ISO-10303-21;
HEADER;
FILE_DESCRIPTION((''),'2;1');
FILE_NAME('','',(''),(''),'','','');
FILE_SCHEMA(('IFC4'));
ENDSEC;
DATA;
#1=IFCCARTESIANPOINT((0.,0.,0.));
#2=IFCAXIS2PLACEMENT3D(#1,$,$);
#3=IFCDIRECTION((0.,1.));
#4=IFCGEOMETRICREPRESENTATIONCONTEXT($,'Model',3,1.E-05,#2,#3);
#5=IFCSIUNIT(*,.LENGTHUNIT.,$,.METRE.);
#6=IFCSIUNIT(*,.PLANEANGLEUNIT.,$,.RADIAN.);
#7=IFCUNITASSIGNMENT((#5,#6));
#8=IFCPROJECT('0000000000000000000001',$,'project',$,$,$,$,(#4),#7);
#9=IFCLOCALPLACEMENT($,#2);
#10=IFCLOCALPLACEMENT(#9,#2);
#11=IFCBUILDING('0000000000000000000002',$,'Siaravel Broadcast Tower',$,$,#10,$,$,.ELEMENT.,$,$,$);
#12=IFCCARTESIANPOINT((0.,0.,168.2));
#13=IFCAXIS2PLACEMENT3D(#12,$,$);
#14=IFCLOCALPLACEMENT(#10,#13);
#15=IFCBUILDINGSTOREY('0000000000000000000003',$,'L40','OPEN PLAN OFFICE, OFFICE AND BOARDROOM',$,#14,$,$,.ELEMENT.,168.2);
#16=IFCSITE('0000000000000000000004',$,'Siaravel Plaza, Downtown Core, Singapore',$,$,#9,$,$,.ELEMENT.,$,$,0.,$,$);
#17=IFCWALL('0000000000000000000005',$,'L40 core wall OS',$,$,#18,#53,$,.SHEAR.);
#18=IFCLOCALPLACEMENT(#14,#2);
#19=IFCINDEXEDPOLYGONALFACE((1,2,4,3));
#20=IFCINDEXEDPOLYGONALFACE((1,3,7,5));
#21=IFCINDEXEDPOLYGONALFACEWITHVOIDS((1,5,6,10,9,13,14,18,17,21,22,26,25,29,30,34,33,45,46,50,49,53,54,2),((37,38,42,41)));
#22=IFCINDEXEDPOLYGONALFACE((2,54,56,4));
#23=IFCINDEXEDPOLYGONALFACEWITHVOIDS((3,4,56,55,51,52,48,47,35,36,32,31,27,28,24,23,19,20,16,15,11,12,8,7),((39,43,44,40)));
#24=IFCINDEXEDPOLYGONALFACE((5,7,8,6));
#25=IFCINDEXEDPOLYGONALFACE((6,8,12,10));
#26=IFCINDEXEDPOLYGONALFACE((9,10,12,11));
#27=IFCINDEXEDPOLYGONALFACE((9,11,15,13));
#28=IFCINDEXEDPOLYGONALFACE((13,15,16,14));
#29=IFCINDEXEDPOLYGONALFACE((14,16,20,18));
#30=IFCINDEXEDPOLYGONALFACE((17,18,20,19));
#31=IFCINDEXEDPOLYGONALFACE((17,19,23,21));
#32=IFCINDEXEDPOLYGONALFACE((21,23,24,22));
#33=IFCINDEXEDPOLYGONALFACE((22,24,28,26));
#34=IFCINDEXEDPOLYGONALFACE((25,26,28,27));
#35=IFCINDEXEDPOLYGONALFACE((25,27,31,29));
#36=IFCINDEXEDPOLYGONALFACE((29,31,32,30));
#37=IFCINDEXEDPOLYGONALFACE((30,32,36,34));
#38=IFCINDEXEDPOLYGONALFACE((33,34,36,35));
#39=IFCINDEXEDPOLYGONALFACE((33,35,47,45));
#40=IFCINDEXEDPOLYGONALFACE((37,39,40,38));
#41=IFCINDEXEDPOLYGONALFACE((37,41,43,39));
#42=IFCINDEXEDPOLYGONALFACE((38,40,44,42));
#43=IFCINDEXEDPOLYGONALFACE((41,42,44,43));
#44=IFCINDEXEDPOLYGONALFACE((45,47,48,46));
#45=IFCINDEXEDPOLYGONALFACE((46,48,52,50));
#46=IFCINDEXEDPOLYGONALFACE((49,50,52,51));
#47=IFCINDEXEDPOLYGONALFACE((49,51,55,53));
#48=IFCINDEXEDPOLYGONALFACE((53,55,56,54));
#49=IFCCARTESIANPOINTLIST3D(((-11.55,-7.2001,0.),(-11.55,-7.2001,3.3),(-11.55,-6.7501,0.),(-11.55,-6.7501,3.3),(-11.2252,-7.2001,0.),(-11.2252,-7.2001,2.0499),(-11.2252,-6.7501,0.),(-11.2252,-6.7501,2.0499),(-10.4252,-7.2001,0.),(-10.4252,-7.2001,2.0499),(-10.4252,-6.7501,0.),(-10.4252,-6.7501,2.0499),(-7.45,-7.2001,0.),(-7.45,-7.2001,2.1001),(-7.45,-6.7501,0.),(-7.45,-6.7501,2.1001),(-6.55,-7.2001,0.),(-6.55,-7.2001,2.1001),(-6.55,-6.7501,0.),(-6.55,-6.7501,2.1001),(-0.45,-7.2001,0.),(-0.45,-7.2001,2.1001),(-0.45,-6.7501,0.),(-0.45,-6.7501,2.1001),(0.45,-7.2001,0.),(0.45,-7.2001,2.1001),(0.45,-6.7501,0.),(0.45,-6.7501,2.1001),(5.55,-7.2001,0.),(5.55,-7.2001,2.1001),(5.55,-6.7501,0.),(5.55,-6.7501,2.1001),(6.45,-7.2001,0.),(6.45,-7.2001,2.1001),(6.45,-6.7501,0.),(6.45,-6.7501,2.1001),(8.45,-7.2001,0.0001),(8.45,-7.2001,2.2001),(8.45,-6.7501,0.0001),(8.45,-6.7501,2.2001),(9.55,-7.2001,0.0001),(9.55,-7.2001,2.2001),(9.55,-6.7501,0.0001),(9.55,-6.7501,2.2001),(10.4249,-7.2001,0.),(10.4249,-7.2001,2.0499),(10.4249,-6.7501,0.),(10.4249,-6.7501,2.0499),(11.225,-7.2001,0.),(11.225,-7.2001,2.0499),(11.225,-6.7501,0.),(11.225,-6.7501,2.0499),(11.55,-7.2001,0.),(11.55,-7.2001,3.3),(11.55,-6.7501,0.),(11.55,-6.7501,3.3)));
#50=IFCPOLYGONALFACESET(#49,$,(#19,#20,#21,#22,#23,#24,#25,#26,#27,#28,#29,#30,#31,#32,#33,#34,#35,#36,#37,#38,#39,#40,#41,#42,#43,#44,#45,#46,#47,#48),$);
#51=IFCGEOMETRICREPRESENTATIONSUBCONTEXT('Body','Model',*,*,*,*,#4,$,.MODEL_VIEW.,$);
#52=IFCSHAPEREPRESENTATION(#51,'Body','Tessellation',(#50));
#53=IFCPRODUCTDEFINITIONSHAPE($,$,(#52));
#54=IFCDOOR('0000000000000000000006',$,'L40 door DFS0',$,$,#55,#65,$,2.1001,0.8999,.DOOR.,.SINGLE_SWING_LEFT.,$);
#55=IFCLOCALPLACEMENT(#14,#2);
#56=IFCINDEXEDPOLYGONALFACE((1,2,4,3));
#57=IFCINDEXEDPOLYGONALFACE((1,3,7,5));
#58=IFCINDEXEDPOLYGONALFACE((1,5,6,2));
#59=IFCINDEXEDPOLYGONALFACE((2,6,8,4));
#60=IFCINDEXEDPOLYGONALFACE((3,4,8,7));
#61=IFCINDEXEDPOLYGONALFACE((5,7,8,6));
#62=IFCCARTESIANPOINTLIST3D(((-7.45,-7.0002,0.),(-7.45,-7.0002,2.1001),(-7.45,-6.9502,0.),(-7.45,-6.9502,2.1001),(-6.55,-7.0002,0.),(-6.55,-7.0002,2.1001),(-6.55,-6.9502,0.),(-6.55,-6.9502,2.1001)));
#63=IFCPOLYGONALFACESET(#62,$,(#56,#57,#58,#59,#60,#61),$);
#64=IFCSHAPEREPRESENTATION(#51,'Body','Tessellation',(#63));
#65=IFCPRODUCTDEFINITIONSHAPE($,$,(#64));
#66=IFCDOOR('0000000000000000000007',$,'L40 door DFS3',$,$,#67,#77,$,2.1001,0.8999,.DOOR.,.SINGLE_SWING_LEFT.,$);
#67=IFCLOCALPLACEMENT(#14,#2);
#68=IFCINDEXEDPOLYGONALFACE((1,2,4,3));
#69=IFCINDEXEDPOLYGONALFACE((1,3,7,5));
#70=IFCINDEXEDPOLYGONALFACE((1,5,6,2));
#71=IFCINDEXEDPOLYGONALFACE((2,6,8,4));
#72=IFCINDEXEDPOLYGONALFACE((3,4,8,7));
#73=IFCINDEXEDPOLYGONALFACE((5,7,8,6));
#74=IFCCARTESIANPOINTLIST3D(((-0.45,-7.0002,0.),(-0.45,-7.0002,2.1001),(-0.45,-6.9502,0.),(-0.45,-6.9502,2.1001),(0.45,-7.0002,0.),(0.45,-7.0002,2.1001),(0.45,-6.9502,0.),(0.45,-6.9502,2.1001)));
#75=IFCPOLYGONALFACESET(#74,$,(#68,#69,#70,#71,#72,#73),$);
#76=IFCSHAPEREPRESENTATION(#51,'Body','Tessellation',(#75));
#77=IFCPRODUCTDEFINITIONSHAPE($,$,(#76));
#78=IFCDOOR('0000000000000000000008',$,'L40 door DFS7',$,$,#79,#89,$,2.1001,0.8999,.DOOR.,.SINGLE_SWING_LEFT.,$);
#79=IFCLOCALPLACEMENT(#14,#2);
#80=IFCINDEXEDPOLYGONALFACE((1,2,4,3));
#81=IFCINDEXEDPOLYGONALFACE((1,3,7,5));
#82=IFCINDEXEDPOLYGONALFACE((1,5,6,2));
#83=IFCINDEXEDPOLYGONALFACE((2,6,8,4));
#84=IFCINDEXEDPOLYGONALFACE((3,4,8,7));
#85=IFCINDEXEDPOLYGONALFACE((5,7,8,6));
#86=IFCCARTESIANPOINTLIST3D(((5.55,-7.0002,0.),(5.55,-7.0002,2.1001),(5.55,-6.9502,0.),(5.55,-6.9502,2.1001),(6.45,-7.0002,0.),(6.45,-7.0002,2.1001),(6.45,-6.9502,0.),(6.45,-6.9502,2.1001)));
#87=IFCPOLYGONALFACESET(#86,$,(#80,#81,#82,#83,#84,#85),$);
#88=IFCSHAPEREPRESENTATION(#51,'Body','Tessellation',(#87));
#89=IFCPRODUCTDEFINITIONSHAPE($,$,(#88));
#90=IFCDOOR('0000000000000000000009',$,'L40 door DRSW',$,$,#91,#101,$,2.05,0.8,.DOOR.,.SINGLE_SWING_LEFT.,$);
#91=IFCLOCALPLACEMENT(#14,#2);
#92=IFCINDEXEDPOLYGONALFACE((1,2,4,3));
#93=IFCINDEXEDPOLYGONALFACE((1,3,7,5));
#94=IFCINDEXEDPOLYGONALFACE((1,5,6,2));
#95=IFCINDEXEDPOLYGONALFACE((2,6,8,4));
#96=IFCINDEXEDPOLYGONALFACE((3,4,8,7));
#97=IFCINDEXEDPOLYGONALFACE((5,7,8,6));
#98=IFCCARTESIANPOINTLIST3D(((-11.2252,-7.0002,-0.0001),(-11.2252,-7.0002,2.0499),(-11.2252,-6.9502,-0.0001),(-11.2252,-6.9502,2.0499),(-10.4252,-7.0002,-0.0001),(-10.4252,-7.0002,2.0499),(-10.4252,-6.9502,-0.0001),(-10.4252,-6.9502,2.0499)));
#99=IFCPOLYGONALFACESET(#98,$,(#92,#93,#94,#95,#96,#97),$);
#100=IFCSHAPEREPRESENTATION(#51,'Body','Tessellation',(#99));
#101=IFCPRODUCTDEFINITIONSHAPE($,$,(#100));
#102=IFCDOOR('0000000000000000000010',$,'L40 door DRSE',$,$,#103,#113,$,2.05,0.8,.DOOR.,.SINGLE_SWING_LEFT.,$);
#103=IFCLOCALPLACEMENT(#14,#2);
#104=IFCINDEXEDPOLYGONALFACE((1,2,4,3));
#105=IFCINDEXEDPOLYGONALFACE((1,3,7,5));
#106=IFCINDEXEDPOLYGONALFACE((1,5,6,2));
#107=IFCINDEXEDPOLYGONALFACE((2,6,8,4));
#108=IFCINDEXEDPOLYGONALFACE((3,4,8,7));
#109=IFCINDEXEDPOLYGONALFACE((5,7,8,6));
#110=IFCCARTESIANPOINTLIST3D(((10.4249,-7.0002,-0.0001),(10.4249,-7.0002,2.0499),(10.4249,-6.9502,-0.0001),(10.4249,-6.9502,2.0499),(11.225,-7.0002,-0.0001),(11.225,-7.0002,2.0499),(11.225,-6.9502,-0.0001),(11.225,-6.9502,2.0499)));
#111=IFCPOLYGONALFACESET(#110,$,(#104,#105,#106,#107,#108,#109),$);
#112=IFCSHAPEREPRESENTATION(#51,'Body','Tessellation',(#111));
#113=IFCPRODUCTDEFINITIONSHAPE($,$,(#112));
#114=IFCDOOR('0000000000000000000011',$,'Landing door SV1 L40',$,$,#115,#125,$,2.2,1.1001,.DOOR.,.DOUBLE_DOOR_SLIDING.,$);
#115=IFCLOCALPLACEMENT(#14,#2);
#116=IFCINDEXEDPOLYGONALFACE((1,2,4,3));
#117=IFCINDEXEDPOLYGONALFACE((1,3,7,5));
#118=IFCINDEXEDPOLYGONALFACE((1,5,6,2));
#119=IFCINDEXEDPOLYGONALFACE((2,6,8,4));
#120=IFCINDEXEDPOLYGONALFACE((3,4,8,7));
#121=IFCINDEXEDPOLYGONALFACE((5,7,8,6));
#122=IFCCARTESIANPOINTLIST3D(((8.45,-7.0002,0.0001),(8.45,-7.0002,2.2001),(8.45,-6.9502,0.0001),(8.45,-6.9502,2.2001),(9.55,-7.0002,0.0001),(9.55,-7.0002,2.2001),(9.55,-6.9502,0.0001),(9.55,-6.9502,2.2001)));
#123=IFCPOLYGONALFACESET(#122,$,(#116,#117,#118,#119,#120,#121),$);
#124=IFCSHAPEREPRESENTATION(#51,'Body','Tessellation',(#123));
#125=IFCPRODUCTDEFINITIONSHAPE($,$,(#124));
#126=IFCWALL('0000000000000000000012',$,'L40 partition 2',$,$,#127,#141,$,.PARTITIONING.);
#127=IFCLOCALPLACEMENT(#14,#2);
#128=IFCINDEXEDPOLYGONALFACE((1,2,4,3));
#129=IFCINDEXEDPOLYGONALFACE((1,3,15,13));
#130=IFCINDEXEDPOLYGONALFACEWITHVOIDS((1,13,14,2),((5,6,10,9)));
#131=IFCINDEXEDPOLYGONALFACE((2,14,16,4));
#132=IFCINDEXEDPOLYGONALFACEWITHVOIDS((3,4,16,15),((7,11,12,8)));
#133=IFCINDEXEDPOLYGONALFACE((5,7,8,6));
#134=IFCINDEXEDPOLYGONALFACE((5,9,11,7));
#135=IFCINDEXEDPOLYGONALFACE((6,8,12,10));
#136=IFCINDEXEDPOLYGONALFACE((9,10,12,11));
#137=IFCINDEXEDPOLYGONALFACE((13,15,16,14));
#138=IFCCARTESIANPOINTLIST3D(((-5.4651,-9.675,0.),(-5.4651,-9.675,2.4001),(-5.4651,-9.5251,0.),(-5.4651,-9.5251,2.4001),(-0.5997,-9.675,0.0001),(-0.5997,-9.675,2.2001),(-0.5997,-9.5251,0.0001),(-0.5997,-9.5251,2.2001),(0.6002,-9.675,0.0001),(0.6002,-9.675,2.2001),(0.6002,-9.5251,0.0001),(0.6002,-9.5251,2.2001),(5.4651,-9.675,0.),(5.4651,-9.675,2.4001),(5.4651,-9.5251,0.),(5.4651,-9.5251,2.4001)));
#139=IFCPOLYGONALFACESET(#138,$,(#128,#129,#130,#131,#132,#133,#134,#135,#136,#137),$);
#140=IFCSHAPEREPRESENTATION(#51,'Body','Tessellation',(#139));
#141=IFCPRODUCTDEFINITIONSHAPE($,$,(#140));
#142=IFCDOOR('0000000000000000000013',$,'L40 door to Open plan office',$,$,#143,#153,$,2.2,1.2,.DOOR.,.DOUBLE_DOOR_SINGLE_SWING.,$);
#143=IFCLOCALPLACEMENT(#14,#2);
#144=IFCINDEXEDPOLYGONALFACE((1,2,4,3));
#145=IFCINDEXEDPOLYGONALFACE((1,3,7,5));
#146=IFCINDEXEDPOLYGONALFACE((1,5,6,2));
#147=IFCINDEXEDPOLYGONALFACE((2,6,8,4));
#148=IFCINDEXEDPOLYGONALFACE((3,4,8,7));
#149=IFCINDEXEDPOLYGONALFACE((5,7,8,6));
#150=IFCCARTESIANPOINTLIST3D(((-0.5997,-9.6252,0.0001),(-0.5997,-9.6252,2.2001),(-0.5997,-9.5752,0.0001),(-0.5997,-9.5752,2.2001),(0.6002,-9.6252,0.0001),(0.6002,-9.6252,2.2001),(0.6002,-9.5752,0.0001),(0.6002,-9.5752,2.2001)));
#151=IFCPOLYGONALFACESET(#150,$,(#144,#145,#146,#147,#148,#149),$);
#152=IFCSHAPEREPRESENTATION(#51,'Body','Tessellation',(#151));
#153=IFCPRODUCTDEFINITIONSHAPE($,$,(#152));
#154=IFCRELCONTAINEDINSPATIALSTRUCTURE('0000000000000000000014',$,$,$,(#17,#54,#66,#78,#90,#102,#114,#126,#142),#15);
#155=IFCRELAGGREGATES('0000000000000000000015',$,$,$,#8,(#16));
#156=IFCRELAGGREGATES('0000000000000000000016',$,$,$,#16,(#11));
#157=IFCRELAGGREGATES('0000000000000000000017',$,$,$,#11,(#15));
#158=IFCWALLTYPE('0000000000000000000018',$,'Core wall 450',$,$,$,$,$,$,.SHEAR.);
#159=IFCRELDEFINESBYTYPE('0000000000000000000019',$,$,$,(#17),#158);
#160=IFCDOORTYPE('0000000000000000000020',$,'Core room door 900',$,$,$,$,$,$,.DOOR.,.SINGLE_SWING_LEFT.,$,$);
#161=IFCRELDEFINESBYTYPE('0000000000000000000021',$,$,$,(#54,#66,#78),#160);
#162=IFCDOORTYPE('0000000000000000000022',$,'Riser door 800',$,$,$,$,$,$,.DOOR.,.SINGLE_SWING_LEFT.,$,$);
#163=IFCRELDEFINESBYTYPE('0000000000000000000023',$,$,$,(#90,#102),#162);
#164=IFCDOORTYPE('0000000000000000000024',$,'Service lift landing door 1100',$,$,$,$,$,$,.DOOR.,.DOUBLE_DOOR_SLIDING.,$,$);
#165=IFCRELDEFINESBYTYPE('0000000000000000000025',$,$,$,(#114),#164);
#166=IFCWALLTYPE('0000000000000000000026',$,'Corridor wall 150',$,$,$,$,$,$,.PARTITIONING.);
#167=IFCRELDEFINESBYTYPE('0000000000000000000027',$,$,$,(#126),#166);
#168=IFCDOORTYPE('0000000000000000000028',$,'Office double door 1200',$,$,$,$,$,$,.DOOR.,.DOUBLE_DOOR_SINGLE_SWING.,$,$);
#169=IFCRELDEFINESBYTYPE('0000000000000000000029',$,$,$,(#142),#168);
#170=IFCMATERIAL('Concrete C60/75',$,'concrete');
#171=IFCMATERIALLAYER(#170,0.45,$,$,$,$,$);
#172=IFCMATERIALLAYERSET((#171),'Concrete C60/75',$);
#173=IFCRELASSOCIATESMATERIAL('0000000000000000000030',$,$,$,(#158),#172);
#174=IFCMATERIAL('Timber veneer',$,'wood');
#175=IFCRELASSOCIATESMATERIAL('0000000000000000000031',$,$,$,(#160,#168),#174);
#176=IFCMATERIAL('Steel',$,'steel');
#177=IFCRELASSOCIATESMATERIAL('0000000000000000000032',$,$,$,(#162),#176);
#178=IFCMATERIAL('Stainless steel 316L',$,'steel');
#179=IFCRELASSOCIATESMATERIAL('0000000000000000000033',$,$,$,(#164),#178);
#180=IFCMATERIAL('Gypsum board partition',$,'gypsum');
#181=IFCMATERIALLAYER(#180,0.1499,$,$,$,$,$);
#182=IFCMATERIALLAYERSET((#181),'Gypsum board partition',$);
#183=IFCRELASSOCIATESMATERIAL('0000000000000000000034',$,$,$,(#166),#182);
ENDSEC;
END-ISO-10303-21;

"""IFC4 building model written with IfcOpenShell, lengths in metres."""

from ifc_helpers import new_model, si_unit, direction, frame, frame_2d, origin, place, context, subcontext, project, spatial, rectangle, extrude, material, layer, layer_set, type_object, element, fill, save


model = new_model("IFC4")

# Units and contexts
model_context = context("Model", 3, precision=1e-05, world=origin(), true_north=direction((0.0, 1.0)))
body_context = subcontext(model_context, "Body", "Model", "MODEL_VIEW")
ifc_project = project(units=[si_unit("LENGTHUNIT", "METRE"), si_unit("PLANEANGLEUNIT", "RADIAN")], contexts=[model_context])

# Site, building, storey
site_placement = place(None, origin())
site = spatial("IfcSite", under=ifc_project, at=site_placement, Name="Siaravel Plaza, Downtown Core, Singapore", CompositionType="ELEMENT", RefElevation=0.0)
building_placement = place(site_placement, origin())
building = spatial("IfcBuilding", under=site, at=building_placement, Name="Siaravel Broadcast Tower", CompositionType="ELEMENT")
storey_placement = place(building_placement, frame((0.0, 0.0, 168.2)))
storey = spatial("IfcBuildingStorey", under=building, at=storey_placement, Name="L40", Description="OPEN PLAN OFFICE, OFFICE AND BOARDROOM", CompositionType="ELEMENT", Elevation=168.2)

# Shared definitions
ifc_material_1 = material(Name="Concrete C60/75", Category="concrete")

# Shared definitions
ifc_layer_1 = layer(ifc_material_1, 0.45)
ifc_layer_set_1 = layer_set([ifc_layer_1], Name="Concrete C60/75")
wall_type_1 = type_object("IfcWallType", Name="Core wall 450", PredefinedType="SHEAR", material=ifc_layer_set_1)
ifc_material_2 = material(Name="Steel", Category="steel")

# Wall, openings, doors
wall_1_placement = place(storey_placement, frame((-11.55, -6.9751, 0.0), z_axis=(0.0, 0.0, 1.0), x_axis=(1.0, 0.0, 0.0)))
wall_1 = element("IfcWall", 1, at=wall_1_placement, inside=storey, type_object=wall_type_1, Name="L40 core wall OS", PredefinedType="SHEAR", context=body_context, shape_type="SweptSolid", body=[
    extrude(rectangle(XDim=23.1001, YDim=0.45, at=frame_2d((11.55, 0.0))), origin(), (0.0, 0.0, 1.0), 3.3),
])
opening_1_placement = place(wall_1_placement, frame((20.0, 0.0, 0.0)))
opening_1 = element("IfcOpeningElement", 2, at=opening_1_placement, cuts=wall_1, PredefinedType="OPENING", context=body_context, shape_type="SweptSolid", body=[
    extrude(rectangle(XDim=1.1001, YDim=2.2, at=frame_2d((0.55, 1.1001))), frame((0.0, 0.2349, 0.0), z_axis=(0.0, -1.0, 0.0), x_axis=(1.0, 0.0, 0.0)), (0.0, 0.0, 1.0), 0.47),
])
opening_2_placement = place(wall_1_placement, frame((4.1001, 0.0, 0.0)))
opening_2 = element("IfcOpeningElement", 3, at=opening_2_placement, cuts=wall_1, PredefinedType="OPENING", context=body_context, shape_type="SweptSolid", body=[
    extrude(rectangle(XDim=0.8999, YDim=2.1001, at=frame_2d((0.45, 1.05))), frame((0.0, 0.2349, 0.0), z_axis=(0.0, -1.0, 0.0), x_axis=(1.0, 0.0, 0.0)), (0.0, 0.0, 1.0), 0.47),
])
opening_3_placement = place(wall_1_placement, frame((11.1001, 0.0, 0.0)))
opening_3 = element("IfcOpeningElement", 4, at=opening_3_placement, cuts=wall_1, PredefinedType="OPENING", context=body_context, shape_type="SweptSolid", body=[
    extrude(rectangle(XDim=0.8999, YDim=2.1001, at=frame_2d((0.45, 1.05))), frame((0.0, 0.2349, 0.0), z_axis=(0.0, -1.0, 0.0), x_axis=(1.0, 0.0, 0.0)), (0.0, 0.0, 1.0), 0.47),
])
opening_4_placement = place(wall_1_placement, frame((17.1001, 0.0, 0.0)))
opening_4 = element("IfcOpeningElement", 5, at=opening_4_placement, cuts=wall_1, PredefinedType="OPENING", context=body_context, shape_type="SweptSolid", body=[
    extrude(rectangle(XDim=0.8999, YDim=2.1001, at=frame_2d((0.45, 1.05))), frame((0.0, 0.2349, 0.0), z_axis=(0.0, -1.0, 0.0), x_axis=(1.0, 0.0, 0.0)), (0.0, 0.0, 1.0), 0.47),
])
opening_5_placement = place(wall_1_placement, frame((0.325, 0.0, 0.0)))
opening_5 = element("IfcOpeningElement", 6, at=opening_5_placement, cuts=wall_1, PredefinedType="OPENING", context=body_context, shape_type="SweptSolid", body=[
    extrude(rectangle(XDim=0.8, YDim=2.05, at=frame_2d((0.3999, 1.0249))), frame((0.0, 0.2349, 0.0), z_axis=(0.0, -1.0, 0.0), x_axis=(1.0, 0.0, 0.0)), (0.0, 0.0, 1.0), 0.47),
])
opening_6_placement = place(wall_1_placement, frame((21.9751, 0.0, 0.0)))
opening_6 = element("IfcOpeningElement", 7, at=opening_6_placement, cuts=wall_1, PredefinedType="OPENING", context=body_context, shape_type="SweptSolid", body=[
    extrude(rectangle(XDim=0.8, YDim=2.05, at=frame_2d((0.3999, 1.0249))), frame((0.0, 0.2349, 0.0), z_axis=(0.0, -1.0, 0.0), x_axis=(1.0, 0.0, 0.0)), (0.0, 0.0, 1.0), 0.47),
])
ifc_material_3 = material(Name="Timber veneer", Category="wood")
door_type_1 = type_object("IfcDoorType", Name="Core room door 900", OperationType="SINGLE_SWING_LEFT", PredefinedType="DOOR", material=ifc_material_3)
door_1_placement = place(opening_2_placement, origin())
door_1 = element("IfcDoor", 8, at=door_1_placement, inside=storey, type_object=door_type_1, Name="L40 door DFS0", OperationType="SINGLE_SWING_LEFT", OverallHeight=2.1001, OverallWidth=0.8999, PredefinedType="DOOR", context=body_context, shape_type="SweptSolid", body=[
    extrude(rectangle(XDim=0.8999, YDim=2.1001, at=frame_2d((0.45, 1.05))), frame((0.0, 0.0249, 0.0), z_axis=(0.0, -1.0, 0.0), x_axis=(1.0, 0.0, 0.0)), (0.0, 0.0, 1.0), 0.05),
])
fill(opening_2, door_1)
door_2_placement = place(opening_3_placement, origin())
door_2 = element("IfcDoor", 9, at=door_2_placement, inside=storey, type_object=door_type_1, Name="L40 door DFS3", OperationType="SINGLE_SWING_LEFT", OverallHeight=2.1001, OverallWidth=0.8999, PredefinedType="DOOR", context=body_context, shape_type="SweptSolid", body=[
    extrude(rectangle(XDim=0.8999, YDim=2.1001, at=frame_2d((0.45, 1.05))), frame((0.0, 0.0249, 0.0), z_axis=(0.0, -1.0, 0.0), x_axis=(1.0, 0.0, 0.0)), (0.0, 0.0, 1.0), 0.05),
])
fill(opening_3, door_2)
door_3_placement = place(opening_4_placement, origin())
door_3 = element("IfcDoor", 10, at=door_3_placement, inside=storey, type_object=door_type_1, Name="L40 door DFS7", OperationType="SINGLE_SWING_LEFT", OverallHeight=2.1001, OverallWidth=0.8999, PredefinedType="DOOR", context=body_context, shape_type="SweptSolid", body=[
    extrude(rectangle(XDim=0.8999, YDim=2.1001, at=frame_2d((0.45, 1.05))), frame((0.0, 0.0249, 0.0), z_axis=(0.0, -1.0, 0.0), x_axis=(1.0, 0.0, 0.0)), (0.0, 0.0, 1.0), 0.05),
])
fill(opening_4, door_3)
door_type_2 = type_object("IfcDoorType", Name="Riser door 800", OperationType="SINGLE_SWING_LEFT", PredefinedType="DOOR", material=ifc_material_2)
door_4_placement = place(opening_5_placement, origin())
door_4 = element("IfcDoor", 11, at=door_4_placement, inside=storey, type_object=door_type_2, Name="L40 door DRSW", OperationType="SINGLE_SWING_LEFT", OverallHeight=2.05, OverallWidth=0.8, PredefinedType="DOOR", context=body_context, shape_type="SweptSolid", body=[
    extrude(rectangle(XDim=0.8, YDim=2.05, at=frame_2d((0.3999, 1.0249))), frame((0.0, 0.0249, 0.0), z_axis=(0.0, -1.0, 0.0), x_axis=(1.0, 0.0, 0.0)), (0.0, 0.0, 1.0), 0.05),
])
fill(opening_5, door_4)
door_5_placement = place(opening_6_placement, origin())
door_5 = element("IfcDoor", 12, at=door_5_placement, inside=storey, type_object=door_type_2, Name="L40 door DRSE", OperationType="SINGLE_SWING_LEFT", OverallHeight=2.05, OverallWidth=0.8, PredefinedType="DOOR", context=body_context, shape_type="SweptSolid", body=[
    extrude(rectangle(XDim=0.8, YDim=2.05, at=frame_2d((0.3999, 1.0249))), frame((0.0, 0.0249, 0.0), z_axis=(0.0, -1.0, 0.0), x_axis=(1.0, 0.0, 0.0)), (0.0, 0.0, 1.0), 0.05),
])
fill(opening_6, door_5)
ifc_material_4 = material(Name="Stainless steel 316L", Category="steel")
door_type_3 = type_object("IfcDoorType", Name="Service lift landing door 1100", OperationType="DOUBLE_DOOR_SLIDING", PredefinedType="DOOR", material=ifc_material_4)
door_6_placement = place(opening_1_placement, origin())
door_6 = element("IfcDoor", 13, at=door_6_placement, inside=storey, type_object=door_type_3, Name="Landing door SV1 L40", OperationType="DOUBLE_DOOR_SLIDING", OverallHeight=2.2, OverallWidth=1.1001, PredefinedType="DOOR", context=body_context, shape_type="SweptSolid", body=[
    extrude(rectangle(XDim=1.1001, YDim=2.2, at=frame_2d((0.55, 1.1001))), frame((0.0, 0.0249, 0.0), z_axis=(0.0, -1.0, 0.0), x_axis=(1.0, 0.0, 0.0)), (0.0, 0.0, 1.0), 0.05),
])
fill(opening_1, door_6)

# Wall, opening, door
ifc_material_5 = material(Name="Gypsum board partition", Category="gypsum")
ifc_layer_2 = layer(ifc_material_5, 0.1499)
ifc_layer_set_2 = layer_set([ifc_layer_2], Name="Gypsum board partition")
wall_type_2 = type_object("IfcWallType", Name="Corridor wall 150", PredefinedType="PARTITIONING", material=ifc_layer_set_2)
wall_2_placement = place(storey_placement, frame((-5.4651, -9.6001, 0.0), z_axis=(0.0, 0.0, 1.0), x_axis=(1.0, 0.0, 0.0)))
wall_2 = element("IfcWall", 14, at=wall_2_placement, inside=storey, type_object=wall_type_2, Name="L40 partition 2", PredefinedType="PARTITIONING", context=body_context, shape_type="SweptSolid", body=[
    extrude(rectangle(XDim=10.9302, YDim=0.1499, at=frame_2d((5.4651, 0.0))), origin(), (0.0, 0.0, 1.0), 2.4001),
])
opening_7_placement = place(wall_2_placement, frame((4.8652, 0.0, 0.0)))
opening_7 = element("IfcOpeningElement", 15, at=opening_7_placement, cuts=wall_2, PredefinedType="OPENING", context=body_context, shape_type="SweptSolid", body=[
    extrude(rectangle(XDim=1.2, YDim=2.2, at=frame_2d((0.6001, 1.1001))), frame((0.0, 0.085, 0.0), z_axis=(0.0, -1.0, 0.0), x_axis=(1.0, 0.0, 0.0)), (0.0, 0.0, 1.0), 0.1699),
])
door_type_4 = type_object("IfcDoorType", Name="Office double door 1200", OperationType="DOUBLE_DOOR_SINGLE_SWING", PredefinedType="DOOR", material=ifc_material_3)
door_7_placement = place(opening_7_placement, origin())
door_7 = element("IfcDoor", 16, at=door_7_placement, inside=storey, type_object=door_type_4, Name="L40 door to Open plan office", OperationType="DOUBLE_DOOR_SINGLE_SWING", OverallHeight=2.2, OverallWidth=1.2, PredefinedType="DOOR", context=body_context, shape_type="SweptSolid", body=[
    extrude(rectangle(XDim=1.2, YDim=2.2, at=frame_2d((0.6001, 1.1001))), frame((0.0, 0.0249, 0.0), z_axis=(0.0, -1.0, 0.0), x_axis=(1.0, 0.0, 0.0)), (0.0, 0.0, 1.0), 0.05),
])
fill(opening_7, door_7)

save(model, "model.ifc")
